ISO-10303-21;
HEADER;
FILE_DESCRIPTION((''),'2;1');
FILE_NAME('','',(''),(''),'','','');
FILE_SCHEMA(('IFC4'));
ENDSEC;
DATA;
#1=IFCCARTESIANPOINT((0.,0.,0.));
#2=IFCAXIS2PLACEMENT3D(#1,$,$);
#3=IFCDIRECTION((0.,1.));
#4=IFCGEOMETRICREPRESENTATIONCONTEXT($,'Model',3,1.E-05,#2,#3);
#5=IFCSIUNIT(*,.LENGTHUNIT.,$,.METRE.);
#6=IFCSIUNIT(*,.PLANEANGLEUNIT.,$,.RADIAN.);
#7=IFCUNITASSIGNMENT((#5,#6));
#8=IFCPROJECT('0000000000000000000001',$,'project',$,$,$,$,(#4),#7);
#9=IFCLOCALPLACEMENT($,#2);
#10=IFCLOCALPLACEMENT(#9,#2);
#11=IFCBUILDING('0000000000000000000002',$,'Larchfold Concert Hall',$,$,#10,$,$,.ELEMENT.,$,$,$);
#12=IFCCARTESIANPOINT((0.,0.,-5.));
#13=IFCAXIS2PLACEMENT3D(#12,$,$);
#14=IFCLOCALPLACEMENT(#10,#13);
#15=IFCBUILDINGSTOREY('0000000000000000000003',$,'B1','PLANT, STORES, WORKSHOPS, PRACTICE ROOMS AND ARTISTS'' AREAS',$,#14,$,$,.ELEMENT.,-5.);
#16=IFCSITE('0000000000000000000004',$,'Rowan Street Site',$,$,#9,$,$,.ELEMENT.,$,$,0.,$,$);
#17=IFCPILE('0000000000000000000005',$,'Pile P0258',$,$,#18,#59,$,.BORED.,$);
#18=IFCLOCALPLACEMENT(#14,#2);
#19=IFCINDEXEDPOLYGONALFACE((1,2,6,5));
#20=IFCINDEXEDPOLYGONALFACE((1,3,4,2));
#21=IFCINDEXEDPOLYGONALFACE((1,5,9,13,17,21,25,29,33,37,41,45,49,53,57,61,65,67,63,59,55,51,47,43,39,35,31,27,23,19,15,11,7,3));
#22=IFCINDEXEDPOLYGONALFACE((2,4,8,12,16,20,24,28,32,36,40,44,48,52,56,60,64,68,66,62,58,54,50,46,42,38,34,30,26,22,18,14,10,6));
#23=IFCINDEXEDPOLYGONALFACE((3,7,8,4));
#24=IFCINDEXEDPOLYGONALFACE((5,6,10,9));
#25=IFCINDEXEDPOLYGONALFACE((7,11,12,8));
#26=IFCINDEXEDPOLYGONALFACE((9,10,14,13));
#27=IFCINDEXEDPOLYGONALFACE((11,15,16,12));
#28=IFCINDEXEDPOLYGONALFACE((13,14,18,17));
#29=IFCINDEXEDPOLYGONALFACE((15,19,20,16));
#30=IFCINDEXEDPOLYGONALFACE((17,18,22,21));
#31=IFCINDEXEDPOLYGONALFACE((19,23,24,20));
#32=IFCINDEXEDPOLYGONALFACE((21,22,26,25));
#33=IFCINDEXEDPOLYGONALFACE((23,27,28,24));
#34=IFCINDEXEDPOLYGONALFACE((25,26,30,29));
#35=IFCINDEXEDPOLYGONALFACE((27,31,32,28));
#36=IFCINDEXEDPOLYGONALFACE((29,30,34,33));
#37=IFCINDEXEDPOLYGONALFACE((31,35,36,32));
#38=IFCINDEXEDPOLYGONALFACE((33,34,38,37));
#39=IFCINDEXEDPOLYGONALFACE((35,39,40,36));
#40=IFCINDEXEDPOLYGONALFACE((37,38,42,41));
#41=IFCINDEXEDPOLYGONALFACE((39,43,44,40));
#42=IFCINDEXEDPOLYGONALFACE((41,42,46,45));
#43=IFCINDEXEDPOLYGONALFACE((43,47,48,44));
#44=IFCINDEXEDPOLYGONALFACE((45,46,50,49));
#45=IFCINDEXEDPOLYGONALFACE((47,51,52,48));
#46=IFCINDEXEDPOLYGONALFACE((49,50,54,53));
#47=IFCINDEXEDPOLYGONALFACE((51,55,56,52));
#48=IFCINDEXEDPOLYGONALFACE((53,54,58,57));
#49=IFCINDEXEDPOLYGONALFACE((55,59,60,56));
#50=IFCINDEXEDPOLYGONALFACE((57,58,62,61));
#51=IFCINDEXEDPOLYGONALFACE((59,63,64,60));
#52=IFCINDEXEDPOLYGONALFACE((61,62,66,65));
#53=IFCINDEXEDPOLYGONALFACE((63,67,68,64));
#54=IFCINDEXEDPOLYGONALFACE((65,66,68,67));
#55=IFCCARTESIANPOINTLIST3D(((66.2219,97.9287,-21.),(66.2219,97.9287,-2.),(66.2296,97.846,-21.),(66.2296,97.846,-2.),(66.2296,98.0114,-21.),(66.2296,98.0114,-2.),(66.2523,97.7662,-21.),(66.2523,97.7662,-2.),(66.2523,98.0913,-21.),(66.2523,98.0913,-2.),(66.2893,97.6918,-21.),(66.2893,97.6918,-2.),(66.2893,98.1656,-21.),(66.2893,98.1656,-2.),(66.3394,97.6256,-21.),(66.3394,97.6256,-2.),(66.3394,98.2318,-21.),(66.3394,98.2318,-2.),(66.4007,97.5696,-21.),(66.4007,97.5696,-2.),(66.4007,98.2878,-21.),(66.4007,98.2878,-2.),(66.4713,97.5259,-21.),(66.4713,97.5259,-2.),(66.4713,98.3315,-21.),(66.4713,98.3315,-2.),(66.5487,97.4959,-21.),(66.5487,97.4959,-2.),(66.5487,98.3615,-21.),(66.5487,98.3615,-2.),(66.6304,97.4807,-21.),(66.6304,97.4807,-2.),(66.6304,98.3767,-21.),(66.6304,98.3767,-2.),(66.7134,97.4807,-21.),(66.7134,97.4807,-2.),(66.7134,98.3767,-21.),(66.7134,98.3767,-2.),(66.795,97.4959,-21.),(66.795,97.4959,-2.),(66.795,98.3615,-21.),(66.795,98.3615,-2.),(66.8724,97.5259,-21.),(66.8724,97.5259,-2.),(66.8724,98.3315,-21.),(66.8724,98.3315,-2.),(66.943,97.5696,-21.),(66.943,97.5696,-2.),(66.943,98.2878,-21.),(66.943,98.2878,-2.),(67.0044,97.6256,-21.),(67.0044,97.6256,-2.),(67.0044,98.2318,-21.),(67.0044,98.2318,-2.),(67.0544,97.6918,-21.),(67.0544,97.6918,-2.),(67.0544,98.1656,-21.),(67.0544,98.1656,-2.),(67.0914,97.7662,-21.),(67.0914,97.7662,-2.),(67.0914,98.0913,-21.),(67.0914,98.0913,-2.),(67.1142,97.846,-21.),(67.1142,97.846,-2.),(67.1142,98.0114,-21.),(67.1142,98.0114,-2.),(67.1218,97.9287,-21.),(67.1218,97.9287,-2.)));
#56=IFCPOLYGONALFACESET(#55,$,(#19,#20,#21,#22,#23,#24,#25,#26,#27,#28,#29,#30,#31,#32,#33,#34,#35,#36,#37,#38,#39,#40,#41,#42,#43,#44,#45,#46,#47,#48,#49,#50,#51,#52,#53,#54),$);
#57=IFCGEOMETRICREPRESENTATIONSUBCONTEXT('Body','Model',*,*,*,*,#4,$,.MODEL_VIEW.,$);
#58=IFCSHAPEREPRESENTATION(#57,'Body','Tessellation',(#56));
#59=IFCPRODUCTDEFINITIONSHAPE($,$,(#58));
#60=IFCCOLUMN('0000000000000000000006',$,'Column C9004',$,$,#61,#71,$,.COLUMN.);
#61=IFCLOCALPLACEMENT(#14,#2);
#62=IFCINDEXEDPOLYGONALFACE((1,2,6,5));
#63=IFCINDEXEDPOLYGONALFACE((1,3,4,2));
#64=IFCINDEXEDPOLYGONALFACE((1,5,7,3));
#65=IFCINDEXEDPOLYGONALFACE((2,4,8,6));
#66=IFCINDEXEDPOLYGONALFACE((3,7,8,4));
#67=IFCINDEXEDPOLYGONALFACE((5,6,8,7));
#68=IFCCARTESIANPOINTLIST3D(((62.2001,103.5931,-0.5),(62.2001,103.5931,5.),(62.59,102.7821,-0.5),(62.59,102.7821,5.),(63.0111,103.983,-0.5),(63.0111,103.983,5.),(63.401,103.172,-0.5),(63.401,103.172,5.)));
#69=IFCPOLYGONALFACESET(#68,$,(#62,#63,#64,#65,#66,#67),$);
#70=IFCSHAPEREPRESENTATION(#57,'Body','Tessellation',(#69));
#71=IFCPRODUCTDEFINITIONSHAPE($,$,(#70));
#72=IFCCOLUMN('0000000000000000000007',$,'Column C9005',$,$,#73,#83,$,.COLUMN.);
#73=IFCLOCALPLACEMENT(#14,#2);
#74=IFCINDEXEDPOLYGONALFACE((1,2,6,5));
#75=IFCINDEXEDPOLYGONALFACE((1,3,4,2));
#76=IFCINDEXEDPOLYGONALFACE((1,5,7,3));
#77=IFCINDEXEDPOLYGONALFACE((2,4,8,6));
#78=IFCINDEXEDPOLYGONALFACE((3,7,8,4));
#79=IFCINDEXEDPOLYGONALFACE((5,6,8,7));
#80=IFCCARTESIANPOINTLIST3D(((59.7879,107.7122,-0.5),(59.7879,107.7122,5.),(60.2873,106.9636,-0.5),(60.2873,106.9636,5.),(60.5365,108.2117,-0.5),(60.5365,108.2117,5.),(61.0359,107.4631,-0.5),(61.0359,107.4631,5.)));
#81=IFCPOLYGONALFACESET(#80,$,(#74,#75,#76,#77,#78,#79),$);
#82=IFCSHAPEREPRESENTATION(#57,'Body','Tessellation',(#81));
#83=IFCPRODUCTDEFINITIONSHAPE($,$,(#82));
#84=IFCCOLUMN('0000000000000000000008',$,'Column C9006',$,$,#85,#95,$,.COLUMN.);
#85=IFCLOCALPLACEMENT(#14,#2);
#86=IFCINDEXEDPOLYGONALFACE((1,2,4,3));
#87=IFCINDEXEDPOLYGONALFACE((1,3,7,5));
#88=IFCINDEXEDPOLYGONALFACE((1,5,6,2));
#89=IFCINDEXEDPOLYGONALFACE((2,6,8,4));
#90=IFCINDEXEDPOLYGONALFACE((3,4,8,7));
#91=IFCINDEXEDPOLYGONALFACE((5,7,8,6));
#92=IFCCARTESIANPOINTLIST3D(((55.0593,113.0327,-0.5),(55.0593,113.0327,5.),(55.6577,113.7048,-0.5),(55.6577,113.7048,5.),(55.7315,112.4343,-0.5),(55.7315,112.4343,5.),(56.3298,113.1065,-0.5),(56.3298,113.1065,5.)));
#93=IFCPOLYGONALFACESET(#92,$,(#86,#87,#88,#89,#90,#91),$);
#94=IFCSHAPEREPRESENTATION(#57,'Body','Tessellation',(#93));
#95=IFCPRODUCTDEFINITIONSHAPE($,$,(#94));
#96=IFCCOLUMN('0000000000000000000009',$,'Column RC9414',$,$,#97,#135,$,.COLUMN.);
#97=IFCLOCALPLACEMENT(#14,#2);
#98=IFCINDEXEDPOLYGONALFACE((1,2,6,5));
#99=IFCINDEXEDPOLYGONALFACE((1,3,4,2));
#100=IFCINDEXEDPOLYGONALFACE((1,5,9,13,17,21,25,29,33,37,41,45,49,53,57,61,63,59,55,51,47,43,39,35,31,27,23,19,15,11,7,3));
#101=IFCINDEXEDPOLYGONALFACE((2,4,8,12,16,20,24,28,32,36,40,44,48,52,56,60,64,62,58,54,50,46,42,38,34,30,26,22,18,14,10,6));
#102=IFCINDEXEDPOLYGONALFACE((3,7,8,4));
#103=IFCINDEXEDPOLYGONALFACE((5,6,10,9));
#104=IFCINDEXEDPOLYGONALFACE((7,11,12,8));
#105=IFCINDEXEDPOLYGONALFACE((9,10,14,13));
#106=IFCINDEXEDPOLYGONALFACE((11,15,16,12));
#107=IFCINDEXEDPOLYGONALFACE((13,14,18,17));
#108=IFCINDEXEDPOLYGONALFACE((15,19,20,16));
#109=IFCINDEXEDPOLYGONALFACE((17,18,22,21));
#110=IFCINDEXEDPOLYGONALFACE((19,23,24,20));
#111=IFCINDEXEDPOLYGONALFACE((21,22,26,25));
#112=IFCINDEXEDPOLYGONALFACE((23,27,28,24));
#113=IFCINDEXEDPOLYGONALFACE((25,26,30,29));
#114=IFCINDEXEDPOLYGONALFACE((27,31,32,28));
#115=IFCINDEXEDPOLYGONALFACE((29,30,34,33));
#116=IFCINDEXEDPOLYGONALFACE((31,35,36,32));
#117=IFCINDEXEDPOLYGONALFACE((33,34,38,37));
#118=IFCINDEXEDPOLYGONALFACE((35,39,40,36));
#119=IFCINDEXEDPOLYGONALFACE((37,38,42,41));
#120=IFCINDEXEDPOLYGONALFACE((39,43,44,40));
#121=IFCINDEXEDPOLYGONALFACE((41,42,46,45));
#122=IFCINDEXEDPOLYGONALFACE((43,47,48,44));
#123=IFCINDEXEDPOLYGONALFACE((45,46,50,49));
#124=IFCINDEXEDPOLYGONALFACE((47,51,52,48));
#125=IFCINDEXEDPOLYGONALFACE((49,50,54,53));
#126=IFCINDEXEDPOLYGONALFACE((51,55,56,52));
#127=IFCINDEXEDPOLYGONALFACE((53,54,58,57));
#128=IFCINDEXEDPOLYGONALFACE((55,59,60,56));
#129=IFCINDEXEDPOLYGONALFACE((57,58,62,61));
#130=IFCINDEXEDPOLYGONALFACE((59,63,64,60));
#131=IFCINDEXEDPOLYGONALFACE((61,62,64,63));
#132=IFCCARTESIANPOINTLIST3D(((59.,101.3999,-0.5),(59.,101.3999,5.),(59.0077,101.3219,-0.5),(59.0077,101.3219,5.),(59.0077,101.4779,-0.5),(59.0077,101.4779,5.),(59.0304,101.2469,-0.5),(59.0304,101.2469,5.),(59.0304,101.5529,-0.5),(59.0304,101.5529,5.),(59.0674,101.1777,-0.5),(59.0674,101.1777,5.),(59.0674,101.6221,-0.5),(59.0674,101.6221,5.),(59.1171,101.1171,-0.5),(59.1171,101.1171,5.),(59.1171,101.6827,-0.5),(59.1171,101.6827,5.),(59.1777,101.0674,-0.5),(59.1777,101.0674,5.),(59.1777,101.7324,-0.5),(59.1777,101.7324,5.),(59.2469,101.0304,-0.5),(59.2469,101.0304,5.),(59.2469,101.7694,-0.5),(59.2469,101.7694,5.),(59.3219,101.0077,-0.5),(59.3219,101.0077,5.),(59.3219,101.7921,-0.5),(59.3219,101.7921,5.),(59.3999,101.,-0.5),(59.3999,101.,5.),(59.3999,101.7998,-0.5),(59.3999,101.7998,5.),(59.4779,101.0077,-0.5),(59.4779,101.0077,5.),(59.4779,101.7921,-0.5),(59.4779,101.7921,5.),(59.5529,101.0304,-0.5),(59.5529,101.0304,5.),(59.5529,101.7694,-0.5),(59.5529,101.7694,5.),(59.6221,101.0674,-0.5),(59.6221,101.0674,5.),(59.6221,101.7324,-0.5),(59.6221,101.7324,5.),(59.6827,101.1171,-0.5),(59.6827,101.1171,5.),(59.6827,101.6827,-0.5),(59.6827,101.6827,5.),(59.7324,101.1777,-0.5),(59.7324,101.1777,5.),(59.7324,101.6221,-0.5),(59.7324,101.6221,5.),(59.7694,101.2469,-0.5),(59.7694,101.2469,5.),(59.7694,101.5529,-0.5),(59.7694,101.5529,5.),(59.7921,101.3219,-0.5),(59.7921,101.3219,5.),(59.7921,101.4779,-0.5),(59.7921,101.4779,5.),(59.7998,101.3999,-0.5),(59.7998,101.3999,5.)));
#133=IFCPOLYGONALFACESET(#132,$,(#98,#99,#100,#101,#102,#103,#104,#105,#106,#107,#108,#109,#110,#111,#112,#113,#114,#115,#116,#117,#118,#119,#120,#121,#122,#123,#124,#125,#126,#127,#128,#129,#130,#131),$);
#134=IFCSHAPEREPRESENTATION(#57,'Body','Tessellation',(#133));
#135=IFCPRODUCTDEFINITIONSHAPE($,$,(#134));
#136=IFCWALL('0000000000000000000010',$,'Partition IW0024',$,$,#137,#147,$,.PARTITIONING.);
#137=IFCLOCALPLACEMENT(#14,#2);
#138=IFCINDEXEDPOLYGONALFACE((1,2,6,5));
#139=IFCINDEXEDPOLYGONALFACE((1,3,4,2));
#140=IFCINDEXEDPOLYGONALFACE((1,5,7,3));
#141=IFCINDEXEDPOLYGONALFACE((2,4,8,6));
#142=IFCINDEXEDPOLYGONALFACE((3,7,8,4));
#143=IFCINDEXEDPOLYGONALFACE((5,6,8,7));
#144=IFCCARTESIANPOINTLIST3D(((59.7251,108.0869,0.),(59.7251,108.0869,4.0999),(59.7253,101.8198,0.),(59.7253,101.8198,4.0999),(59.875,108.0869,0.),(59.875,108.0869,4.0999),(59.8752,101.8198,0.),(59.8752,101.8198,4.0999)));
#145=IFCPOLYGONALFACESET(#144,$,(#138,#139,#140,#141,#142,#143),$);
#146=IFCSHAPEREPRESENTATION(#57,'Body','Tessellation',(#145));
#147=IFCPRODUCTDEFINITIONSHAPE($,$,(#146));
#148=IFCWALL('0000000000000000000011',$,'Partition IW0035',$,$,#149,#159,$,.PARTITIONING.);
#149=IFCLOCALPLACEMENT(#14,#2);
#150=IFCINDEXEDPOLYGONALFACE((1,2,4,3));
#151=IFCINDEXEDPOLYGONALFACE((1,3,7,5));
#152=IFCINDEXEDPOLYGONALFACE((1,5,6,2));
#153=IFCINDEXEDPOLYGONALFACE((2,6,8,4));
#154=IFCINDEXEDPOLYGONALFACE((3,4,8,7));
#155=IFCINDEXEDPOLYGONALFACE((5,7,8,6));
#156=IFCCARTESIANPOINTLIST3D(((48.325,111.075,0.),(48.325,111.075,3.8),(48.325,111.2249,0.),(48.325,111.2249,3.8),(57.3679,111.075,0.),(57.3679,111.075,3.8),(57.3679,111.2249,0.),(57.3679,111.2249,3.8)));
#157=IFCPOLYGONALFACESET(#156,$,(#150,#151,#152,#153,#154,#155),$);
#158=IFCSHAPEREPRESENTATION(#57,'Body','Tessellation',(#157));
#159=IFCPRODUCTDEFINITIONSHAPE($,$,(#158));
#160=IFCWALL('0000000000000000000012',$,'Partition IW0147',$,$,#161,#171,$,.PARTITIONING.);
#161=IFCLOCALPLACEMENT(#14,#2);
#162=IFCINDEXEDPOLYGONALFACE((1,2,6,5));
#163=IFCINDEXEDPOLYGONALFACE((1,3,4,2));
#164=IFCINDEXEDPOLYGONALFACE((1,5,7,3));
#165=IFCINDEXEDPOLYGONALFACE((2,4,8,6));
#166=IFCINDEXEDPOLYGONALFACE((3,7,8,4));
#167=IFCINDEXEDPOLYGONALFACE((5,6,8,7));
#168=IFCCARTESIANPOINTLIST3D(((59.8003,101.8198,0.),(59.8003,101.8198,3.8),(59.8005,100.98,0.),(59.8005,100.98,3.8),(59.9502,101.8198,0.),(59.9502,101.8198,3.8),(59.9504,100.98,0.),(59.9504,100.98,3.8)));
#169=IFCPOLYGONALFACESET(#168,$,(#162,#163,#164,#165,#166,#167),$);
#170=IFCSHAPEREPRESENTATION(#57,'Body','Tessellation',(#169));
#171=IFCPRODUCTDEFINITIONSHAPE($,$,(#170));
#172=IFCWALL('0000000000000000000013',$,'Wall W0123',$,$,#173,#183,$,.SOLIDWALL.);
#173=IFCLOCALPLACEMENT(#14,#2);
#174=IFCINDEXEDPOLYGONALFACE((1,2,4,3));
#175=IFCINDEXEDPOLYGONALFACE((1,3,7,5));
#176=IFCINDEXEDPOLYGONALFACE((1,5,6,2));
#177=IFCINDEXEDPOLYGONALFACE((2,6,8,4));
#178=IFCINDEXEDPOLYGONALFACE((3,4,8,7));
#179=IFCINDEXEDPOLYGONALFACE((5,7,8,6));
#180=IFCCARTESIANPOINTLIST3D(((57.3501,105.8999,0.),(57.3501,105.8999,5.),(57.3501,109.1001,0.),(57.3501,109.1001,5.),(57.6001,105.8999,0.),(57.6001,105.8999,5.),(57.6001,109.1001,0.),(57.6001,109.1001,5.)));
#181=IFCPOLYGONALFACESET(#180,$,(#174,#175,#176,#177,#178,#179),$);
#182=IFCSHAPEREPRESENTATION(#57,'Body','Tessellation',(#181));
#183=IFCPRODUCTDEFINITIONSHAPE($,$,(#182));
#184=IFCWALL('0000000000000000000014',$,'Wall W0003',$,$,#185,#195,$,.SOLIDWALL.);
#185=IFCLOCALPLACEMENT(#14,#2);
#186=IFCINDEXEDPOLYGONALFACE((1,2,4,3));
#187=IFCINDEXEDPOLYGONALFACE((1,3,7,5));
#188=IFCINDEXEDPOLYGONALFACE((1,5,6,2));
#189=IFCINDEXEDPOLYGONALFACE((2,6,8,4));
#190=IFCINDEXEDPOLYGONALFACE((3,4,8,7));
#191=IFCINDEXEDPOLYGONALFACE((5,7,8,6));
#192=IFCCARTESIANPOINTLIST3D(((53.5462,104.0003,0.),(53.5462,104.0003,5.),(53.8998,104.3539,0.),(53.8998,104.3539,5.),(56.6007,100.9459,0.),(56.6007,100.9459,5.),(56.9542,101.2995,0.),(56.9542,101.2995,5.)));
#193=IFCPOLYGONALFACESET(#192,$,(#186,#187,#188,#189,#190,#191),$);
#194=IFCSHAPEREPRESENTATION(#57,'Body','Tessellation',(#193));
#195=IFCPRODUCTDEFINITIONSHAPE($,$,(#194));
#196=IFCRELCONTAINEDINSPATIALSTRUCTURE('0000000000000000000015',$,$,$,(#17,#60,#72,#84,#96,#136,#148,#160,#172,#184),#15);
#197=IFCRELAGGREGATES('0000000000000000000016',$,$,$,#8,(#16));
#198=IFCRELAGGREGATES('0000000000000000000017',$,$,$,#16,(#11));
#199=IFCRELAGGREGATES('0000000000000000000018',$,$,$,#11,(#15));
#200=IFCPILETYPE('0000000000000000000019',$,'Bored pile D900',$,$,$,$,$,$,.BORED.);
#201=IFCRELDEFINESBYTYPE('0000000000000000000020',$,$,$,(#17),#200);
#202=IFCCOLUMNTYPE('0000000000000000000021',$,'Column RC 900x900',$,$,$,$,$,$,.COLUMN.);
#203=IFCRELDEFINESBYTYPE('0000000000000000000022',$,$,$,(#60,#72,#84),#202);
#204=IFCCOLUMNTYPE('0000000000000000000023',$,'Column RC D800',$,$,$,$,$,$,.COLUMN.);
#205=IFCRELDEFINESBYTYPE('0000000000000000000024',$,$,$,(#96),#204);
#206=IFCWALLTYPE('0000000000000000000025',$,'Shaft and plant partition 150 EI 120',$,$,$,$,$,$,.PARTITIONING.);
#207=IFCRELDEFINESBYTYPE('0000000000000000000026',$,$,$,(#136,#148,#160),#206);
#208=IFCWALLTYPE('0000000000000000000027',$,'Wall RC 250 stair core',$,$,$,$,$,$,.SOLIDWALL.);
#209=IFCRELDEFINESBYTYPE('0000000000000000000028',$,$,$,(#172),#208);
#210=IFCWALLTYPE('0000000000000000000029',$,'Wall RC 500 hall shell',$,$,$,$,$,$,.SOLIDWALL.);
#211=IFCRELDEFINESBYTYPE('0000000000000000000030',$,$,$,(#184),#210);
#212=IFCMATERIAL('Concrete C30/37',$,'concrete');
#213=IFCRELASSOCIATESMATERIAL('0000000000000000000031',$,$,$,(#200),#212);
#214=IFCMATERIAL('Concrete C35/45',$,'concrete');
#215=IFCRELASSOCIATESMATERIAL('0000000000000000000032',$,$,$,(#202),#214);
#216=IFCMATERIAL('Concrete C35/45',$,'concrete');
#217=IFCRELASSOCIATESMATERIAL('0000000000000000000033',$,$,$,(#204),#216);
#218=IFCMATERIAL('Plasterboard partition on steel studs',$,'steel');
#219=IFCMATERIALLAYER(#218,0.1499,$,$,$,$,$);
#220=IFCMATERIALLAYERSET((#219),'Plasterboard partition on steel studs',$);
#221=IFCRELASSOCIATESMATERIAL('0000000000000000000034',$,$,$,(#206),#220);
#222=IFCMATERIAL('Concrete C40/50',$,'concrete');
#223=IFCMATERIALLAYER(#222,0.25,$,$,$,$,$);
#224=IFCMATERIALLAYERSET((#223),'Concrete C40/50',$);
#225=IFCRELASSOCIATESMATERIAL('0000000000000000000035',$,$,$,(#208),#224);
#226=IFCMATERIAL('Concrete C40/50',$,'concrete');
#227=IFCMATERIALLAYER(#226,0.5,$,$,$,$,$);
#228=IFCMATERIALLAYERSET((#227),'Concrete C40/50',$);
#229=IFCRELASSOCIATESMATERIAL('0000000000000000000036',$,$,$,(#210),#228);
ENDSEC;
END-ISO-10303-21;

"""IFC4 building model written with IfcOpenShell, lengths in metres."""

from ifc_helpers import new_model, si_unit, direction, frame, frame_2d, origin, origin_2d, place, context, subcontext, project, spatial, rectangle, circle, extrude, material, layer, layer_set, material_profile, profile_set, type_object, element, save


model = new_model("IFC4")

# Units and contexts
model_context = context("Model", 3, precision=1e-05, world=origin(), true_north=direction((0.0, 1.0)))
body_context = subcontext(model_context, "Body", "Model", "MODEL_VIEW")
ifc_project = project(units=[si_unit("LENGTHUNIT", "METRE"), si_unit("PLANEANGLEUNIT", "RADIAN")], contexts=[model_context])

# Site, building, storey
site_placement = place(None, origin())
site = spatial("IfcSite", under=ifc_project, at=site_placement, Name="Rowan Street Site", CompositionType="ELEMENT", RefElevation=0.0)
building_placement = place(site_placement, origin())
building = spatial("IfcBuilding", under=site, at=building_placement, Name="Larchfold Concert Hall", CompositionType="ELEMENT")
storey_placement = place(building_placement, frame((0.0, 0.0, -5.0)))
storey = spatial("IfcBuildingStorey", under=building, at=storey_placement, Name="B1", Description="PLANT, STORES, WORKSHOPS, PRACTICE ROOMS AND ARTISTS' AREAS", CompositionType="ELEMENT", Elevation=-5.0)

# Pile
ifc_material_1 = material(Name="Concrete C30/37", Category="concrete")
ifc_material_profile_1 = material_profile(ifc_material_1, circle(Radius=0.45, at=origin_2d()))
ifc_profile_set_1 = profile_set([ifc_material_profile_1], Name="Concrete C30/37")
pile_type_1 = type_object("IfcPileType", Name="Bored pile D900", PredefinedType="BORED", material=ifc_profile_set_1)
for number, where, z_axis, x_axis, name in (
    (1, (66.6719, 97.9287, -2.0), (0.0, 0.0, -1.0), (1.0, 0.0, 0.0), "Pile P0258"),
):
    element("IfcPile", number, at=place(storey_placement, frame(where, z_axis=z_axis, x_axis=x_axis)), inside=storey, type_object=pile_type_1, Name=name, PredefinedType="BORED", context=body_context, shape_type="SweptSolid", body=[
        extrude(circle(Radius=0.45, at=origin_2d()), origin(), (0.0, 0.0, 1.0), 19.0),
    ])

# Columns
ifc_material_2 = material(Name="Concrete C35/45", Category="concrete")
ifc_material_profile_2 = material_profile(ifc_material_2, rectangle(XDim=0.8999, YDim=0.8999, at=origin_2d()))
ifc_profile_set_2 = profile_set([ifc_material_profile_2], Name="Concrete C35/45")
column_type_1 = type_object("IfcColumnType", Name="Column RC 900x900", PredefinedType="COLUMN", material=ifc_profile_set_2)
for number, where, z_axis, x_axis, name in (
    (2, (62.8005, 103.3826, -0.5), (0.0, 0.0, 1.0), (0.901263, 0.433272, 0.0), "Column C9004"),
    (3, (60.4119, 107.5876, -0.5), (0.0, 0.0, 1.0), (0.831868, 0.554974, 0.0), "Column C9005"),
    (4, (55.6946, 113.0696, -0.5), (0.0, 0.0, 1.0), (0.664882, 0.746949, 0.0), "Column C9006"),
):
    element("IfcColumn", number, at=place(storey_placement, frame(where, z_axis=z_axis, x_axis=x_axis)), inside=storey, type_object=column_type_1, Name=name, PredefinedType="COLUMN", context=body_context, shape_type="SweptSolid", body=[
        extrude(rectangle(XDim=0.8999, YDim=0.8999, at=origin_2d()), origin(), (0.0, 0.0, 1.0), 5.5),
    ])
ifc_material_3 = material(Name="Concrete C35/45", Category="concrete")
ifc_material_profile_3 = material_profile(ifc_material_3, circle(Radius=0.3999, at=origin_2d()))
ifc_profile_set_3 = profile_set([ifc_material_profile_3], Name="Concrete C35/45")
column_type_2 = type_object("IfcColumnType", Name="Column RC D800", PredefinedType="COLUMN", material=ifc_profile_set_3)
column_placement = place(storey_placement, frame((59.3999, 101.3999, -0.5), z_axis=(0.0, 0.0, 1.0), x_axis=(1.0, 0.0, 0.0)))
element("IfcColumn", 5, at=column_placement, inside=storey, type_object=column_type_2, Name="Column RC9414", PredefinedType="COLUMN", context=body_context, shape_type="SweptSolid", body=[
    extrude(circle(Radius=0.3999, at=origin_2d()), origin(), (0.0, 0.0, 1.0), 5.5),
])

# Walls
ifc_material_4 = material(Name="Plasterboard partition on steel studs", Category="steel")
ifc_layer_1 = layer(ifc_material_4, 0.1499)
ifc_layer_set_1 = layer_set([ifc_layer_1], Name="Plasterboard partition on steel studs")
wall_type_1 = type_object("IfcWallType", Name="Shaft and plant partition 150 EI 120", PredefinedType="PARTITIONING", material=ifc_layer_set_1)
wall_1_placement = place(storey_placement, frame((59.8003, 101.8198, 0.0), z_axis=(0.0, 0.0, 1.0), x_axis=(-0.000039, 1.0, 0.0)))
element("IfcWall", 6, at=wall_1_placement, inside=storey, type_object=wall_type_1, Name="Partition IW0024", PredefinedType="PARTITIONING", context=body_context, shape_type="SweptSolid", body=[
    extrude(rectangle(XDim=6.2671, YDim=0.1499, at=frame_2d((3.1335, 0.0))), origin(), (0.0, 0.0, 1.0), 4.0999),
])
wall_2_placement = place(storey_placement, frame((57.3679, 111.1499, 0.0), z_axis=(0.0, 0.0, 1.0), x_axis=(-1.0, 0.0, 0.0)))
element("IfcWall", 7, at=wall_2_placement, inside=storey, type_object=wall_type_1, Name="Partition IW0035", PredefinedType="PARTITIONING", context=body_context, shape_type="SweptSolid", body=[
    extrude(rectangle(XDim=9.043, YDim=0.1499, at=frame_2d((4.5215, 0.0))), origin(), (0.0, 0.0, 1.0), 3.8),
])
wall_3_placement = place(storey_placement, frame((59.8755, 100.98, 0.0), z_axis=(0.0, 0.0, 1.0), x_axis=(-0.000291, 1.0, 0.0)))
element("IfcWall", 8, at=wall_3_placement, inside=storey, type_object=wall_type_1, Name="Partition IW0147", PredefinedType="PARTITIONING", context=body_context, shape_type="SweptSolid", body=[
    extrude(rectangle(XDim=0.8398, YDim=0.1499, at=frame_2d((0.4199, 0.0))), origin(), (0.0, 0.0, 1.0), 3.8),
])
ifc_material_5 = material(Name="Concrete C40/50", Category="concrete")
ifc_layer_2 = layer(ifc_material_5, 0.25)
ifc_layer_set_2 = layer_set([ifc_layer_2], Name="Concrete C40/50")
wall_type_2 = type_object("IfcWallType", Name="Wall RC 250 stair core", PredefinedType="SOLIDWALL", material=ifc_layer_set_2)
wall_4_placement = place(storey_placement, frame((57.4751, 105.8999, 0.0), z_axis=(0.0, 0.0, 1.0), x_axis=(0.0, 1.0, 0.0)))
element("IfcWall", 9, at=wall_4_placement, inside=storey, type_object=wall_type_2, Name="Wall W0123", PredefinedType="SOLIDWALL", context=body_context, shape_type="SweptSolid", body=[
    extrude(rectangle(XDim=3.2002, YDim=0.25, at=frame_2d((1.6001, 0.0))), origin(), (0.0, 0.0, 1.0), 5.0),
])
ifc_material_6 = material(Name="Concrete C40/50", Category="concrete")
ifc_layer_3 = layer(ifc_material_6, 0.5)
ifc_layer_set_3 = layer_set([ifc_layer_3], Name="Concrete C40/50")
wall_type_3 = type_object("IfcWallType", Name="Wall RC 500 hall shell", PredefinedType="SOLIDWALL", material=ifc_layer_set_3)
wall_5_placement = place(storey_placement, frame((56.7773, 101.1228, 0.0), z_axis=(0.0, 0.0, 1.0), x_axis=(-0.707107, 0.707107, 0.0)))
element("IfcWall", 10, at=wall_5_placement, inside=storey, type_object=wall_type_3, Name="Wall W0003", PredefinedType="SOLIDWALL", context=body_context, shape_type="SweptSolid", body=[
    extrude(rectangle(XDim=4.3196, YDim=0.5, at=frame_2d((2.1597, 0.0))), origin(), (0.0, 0.0, 1.0), 5.0),
])

save(model, "model.ifc")
